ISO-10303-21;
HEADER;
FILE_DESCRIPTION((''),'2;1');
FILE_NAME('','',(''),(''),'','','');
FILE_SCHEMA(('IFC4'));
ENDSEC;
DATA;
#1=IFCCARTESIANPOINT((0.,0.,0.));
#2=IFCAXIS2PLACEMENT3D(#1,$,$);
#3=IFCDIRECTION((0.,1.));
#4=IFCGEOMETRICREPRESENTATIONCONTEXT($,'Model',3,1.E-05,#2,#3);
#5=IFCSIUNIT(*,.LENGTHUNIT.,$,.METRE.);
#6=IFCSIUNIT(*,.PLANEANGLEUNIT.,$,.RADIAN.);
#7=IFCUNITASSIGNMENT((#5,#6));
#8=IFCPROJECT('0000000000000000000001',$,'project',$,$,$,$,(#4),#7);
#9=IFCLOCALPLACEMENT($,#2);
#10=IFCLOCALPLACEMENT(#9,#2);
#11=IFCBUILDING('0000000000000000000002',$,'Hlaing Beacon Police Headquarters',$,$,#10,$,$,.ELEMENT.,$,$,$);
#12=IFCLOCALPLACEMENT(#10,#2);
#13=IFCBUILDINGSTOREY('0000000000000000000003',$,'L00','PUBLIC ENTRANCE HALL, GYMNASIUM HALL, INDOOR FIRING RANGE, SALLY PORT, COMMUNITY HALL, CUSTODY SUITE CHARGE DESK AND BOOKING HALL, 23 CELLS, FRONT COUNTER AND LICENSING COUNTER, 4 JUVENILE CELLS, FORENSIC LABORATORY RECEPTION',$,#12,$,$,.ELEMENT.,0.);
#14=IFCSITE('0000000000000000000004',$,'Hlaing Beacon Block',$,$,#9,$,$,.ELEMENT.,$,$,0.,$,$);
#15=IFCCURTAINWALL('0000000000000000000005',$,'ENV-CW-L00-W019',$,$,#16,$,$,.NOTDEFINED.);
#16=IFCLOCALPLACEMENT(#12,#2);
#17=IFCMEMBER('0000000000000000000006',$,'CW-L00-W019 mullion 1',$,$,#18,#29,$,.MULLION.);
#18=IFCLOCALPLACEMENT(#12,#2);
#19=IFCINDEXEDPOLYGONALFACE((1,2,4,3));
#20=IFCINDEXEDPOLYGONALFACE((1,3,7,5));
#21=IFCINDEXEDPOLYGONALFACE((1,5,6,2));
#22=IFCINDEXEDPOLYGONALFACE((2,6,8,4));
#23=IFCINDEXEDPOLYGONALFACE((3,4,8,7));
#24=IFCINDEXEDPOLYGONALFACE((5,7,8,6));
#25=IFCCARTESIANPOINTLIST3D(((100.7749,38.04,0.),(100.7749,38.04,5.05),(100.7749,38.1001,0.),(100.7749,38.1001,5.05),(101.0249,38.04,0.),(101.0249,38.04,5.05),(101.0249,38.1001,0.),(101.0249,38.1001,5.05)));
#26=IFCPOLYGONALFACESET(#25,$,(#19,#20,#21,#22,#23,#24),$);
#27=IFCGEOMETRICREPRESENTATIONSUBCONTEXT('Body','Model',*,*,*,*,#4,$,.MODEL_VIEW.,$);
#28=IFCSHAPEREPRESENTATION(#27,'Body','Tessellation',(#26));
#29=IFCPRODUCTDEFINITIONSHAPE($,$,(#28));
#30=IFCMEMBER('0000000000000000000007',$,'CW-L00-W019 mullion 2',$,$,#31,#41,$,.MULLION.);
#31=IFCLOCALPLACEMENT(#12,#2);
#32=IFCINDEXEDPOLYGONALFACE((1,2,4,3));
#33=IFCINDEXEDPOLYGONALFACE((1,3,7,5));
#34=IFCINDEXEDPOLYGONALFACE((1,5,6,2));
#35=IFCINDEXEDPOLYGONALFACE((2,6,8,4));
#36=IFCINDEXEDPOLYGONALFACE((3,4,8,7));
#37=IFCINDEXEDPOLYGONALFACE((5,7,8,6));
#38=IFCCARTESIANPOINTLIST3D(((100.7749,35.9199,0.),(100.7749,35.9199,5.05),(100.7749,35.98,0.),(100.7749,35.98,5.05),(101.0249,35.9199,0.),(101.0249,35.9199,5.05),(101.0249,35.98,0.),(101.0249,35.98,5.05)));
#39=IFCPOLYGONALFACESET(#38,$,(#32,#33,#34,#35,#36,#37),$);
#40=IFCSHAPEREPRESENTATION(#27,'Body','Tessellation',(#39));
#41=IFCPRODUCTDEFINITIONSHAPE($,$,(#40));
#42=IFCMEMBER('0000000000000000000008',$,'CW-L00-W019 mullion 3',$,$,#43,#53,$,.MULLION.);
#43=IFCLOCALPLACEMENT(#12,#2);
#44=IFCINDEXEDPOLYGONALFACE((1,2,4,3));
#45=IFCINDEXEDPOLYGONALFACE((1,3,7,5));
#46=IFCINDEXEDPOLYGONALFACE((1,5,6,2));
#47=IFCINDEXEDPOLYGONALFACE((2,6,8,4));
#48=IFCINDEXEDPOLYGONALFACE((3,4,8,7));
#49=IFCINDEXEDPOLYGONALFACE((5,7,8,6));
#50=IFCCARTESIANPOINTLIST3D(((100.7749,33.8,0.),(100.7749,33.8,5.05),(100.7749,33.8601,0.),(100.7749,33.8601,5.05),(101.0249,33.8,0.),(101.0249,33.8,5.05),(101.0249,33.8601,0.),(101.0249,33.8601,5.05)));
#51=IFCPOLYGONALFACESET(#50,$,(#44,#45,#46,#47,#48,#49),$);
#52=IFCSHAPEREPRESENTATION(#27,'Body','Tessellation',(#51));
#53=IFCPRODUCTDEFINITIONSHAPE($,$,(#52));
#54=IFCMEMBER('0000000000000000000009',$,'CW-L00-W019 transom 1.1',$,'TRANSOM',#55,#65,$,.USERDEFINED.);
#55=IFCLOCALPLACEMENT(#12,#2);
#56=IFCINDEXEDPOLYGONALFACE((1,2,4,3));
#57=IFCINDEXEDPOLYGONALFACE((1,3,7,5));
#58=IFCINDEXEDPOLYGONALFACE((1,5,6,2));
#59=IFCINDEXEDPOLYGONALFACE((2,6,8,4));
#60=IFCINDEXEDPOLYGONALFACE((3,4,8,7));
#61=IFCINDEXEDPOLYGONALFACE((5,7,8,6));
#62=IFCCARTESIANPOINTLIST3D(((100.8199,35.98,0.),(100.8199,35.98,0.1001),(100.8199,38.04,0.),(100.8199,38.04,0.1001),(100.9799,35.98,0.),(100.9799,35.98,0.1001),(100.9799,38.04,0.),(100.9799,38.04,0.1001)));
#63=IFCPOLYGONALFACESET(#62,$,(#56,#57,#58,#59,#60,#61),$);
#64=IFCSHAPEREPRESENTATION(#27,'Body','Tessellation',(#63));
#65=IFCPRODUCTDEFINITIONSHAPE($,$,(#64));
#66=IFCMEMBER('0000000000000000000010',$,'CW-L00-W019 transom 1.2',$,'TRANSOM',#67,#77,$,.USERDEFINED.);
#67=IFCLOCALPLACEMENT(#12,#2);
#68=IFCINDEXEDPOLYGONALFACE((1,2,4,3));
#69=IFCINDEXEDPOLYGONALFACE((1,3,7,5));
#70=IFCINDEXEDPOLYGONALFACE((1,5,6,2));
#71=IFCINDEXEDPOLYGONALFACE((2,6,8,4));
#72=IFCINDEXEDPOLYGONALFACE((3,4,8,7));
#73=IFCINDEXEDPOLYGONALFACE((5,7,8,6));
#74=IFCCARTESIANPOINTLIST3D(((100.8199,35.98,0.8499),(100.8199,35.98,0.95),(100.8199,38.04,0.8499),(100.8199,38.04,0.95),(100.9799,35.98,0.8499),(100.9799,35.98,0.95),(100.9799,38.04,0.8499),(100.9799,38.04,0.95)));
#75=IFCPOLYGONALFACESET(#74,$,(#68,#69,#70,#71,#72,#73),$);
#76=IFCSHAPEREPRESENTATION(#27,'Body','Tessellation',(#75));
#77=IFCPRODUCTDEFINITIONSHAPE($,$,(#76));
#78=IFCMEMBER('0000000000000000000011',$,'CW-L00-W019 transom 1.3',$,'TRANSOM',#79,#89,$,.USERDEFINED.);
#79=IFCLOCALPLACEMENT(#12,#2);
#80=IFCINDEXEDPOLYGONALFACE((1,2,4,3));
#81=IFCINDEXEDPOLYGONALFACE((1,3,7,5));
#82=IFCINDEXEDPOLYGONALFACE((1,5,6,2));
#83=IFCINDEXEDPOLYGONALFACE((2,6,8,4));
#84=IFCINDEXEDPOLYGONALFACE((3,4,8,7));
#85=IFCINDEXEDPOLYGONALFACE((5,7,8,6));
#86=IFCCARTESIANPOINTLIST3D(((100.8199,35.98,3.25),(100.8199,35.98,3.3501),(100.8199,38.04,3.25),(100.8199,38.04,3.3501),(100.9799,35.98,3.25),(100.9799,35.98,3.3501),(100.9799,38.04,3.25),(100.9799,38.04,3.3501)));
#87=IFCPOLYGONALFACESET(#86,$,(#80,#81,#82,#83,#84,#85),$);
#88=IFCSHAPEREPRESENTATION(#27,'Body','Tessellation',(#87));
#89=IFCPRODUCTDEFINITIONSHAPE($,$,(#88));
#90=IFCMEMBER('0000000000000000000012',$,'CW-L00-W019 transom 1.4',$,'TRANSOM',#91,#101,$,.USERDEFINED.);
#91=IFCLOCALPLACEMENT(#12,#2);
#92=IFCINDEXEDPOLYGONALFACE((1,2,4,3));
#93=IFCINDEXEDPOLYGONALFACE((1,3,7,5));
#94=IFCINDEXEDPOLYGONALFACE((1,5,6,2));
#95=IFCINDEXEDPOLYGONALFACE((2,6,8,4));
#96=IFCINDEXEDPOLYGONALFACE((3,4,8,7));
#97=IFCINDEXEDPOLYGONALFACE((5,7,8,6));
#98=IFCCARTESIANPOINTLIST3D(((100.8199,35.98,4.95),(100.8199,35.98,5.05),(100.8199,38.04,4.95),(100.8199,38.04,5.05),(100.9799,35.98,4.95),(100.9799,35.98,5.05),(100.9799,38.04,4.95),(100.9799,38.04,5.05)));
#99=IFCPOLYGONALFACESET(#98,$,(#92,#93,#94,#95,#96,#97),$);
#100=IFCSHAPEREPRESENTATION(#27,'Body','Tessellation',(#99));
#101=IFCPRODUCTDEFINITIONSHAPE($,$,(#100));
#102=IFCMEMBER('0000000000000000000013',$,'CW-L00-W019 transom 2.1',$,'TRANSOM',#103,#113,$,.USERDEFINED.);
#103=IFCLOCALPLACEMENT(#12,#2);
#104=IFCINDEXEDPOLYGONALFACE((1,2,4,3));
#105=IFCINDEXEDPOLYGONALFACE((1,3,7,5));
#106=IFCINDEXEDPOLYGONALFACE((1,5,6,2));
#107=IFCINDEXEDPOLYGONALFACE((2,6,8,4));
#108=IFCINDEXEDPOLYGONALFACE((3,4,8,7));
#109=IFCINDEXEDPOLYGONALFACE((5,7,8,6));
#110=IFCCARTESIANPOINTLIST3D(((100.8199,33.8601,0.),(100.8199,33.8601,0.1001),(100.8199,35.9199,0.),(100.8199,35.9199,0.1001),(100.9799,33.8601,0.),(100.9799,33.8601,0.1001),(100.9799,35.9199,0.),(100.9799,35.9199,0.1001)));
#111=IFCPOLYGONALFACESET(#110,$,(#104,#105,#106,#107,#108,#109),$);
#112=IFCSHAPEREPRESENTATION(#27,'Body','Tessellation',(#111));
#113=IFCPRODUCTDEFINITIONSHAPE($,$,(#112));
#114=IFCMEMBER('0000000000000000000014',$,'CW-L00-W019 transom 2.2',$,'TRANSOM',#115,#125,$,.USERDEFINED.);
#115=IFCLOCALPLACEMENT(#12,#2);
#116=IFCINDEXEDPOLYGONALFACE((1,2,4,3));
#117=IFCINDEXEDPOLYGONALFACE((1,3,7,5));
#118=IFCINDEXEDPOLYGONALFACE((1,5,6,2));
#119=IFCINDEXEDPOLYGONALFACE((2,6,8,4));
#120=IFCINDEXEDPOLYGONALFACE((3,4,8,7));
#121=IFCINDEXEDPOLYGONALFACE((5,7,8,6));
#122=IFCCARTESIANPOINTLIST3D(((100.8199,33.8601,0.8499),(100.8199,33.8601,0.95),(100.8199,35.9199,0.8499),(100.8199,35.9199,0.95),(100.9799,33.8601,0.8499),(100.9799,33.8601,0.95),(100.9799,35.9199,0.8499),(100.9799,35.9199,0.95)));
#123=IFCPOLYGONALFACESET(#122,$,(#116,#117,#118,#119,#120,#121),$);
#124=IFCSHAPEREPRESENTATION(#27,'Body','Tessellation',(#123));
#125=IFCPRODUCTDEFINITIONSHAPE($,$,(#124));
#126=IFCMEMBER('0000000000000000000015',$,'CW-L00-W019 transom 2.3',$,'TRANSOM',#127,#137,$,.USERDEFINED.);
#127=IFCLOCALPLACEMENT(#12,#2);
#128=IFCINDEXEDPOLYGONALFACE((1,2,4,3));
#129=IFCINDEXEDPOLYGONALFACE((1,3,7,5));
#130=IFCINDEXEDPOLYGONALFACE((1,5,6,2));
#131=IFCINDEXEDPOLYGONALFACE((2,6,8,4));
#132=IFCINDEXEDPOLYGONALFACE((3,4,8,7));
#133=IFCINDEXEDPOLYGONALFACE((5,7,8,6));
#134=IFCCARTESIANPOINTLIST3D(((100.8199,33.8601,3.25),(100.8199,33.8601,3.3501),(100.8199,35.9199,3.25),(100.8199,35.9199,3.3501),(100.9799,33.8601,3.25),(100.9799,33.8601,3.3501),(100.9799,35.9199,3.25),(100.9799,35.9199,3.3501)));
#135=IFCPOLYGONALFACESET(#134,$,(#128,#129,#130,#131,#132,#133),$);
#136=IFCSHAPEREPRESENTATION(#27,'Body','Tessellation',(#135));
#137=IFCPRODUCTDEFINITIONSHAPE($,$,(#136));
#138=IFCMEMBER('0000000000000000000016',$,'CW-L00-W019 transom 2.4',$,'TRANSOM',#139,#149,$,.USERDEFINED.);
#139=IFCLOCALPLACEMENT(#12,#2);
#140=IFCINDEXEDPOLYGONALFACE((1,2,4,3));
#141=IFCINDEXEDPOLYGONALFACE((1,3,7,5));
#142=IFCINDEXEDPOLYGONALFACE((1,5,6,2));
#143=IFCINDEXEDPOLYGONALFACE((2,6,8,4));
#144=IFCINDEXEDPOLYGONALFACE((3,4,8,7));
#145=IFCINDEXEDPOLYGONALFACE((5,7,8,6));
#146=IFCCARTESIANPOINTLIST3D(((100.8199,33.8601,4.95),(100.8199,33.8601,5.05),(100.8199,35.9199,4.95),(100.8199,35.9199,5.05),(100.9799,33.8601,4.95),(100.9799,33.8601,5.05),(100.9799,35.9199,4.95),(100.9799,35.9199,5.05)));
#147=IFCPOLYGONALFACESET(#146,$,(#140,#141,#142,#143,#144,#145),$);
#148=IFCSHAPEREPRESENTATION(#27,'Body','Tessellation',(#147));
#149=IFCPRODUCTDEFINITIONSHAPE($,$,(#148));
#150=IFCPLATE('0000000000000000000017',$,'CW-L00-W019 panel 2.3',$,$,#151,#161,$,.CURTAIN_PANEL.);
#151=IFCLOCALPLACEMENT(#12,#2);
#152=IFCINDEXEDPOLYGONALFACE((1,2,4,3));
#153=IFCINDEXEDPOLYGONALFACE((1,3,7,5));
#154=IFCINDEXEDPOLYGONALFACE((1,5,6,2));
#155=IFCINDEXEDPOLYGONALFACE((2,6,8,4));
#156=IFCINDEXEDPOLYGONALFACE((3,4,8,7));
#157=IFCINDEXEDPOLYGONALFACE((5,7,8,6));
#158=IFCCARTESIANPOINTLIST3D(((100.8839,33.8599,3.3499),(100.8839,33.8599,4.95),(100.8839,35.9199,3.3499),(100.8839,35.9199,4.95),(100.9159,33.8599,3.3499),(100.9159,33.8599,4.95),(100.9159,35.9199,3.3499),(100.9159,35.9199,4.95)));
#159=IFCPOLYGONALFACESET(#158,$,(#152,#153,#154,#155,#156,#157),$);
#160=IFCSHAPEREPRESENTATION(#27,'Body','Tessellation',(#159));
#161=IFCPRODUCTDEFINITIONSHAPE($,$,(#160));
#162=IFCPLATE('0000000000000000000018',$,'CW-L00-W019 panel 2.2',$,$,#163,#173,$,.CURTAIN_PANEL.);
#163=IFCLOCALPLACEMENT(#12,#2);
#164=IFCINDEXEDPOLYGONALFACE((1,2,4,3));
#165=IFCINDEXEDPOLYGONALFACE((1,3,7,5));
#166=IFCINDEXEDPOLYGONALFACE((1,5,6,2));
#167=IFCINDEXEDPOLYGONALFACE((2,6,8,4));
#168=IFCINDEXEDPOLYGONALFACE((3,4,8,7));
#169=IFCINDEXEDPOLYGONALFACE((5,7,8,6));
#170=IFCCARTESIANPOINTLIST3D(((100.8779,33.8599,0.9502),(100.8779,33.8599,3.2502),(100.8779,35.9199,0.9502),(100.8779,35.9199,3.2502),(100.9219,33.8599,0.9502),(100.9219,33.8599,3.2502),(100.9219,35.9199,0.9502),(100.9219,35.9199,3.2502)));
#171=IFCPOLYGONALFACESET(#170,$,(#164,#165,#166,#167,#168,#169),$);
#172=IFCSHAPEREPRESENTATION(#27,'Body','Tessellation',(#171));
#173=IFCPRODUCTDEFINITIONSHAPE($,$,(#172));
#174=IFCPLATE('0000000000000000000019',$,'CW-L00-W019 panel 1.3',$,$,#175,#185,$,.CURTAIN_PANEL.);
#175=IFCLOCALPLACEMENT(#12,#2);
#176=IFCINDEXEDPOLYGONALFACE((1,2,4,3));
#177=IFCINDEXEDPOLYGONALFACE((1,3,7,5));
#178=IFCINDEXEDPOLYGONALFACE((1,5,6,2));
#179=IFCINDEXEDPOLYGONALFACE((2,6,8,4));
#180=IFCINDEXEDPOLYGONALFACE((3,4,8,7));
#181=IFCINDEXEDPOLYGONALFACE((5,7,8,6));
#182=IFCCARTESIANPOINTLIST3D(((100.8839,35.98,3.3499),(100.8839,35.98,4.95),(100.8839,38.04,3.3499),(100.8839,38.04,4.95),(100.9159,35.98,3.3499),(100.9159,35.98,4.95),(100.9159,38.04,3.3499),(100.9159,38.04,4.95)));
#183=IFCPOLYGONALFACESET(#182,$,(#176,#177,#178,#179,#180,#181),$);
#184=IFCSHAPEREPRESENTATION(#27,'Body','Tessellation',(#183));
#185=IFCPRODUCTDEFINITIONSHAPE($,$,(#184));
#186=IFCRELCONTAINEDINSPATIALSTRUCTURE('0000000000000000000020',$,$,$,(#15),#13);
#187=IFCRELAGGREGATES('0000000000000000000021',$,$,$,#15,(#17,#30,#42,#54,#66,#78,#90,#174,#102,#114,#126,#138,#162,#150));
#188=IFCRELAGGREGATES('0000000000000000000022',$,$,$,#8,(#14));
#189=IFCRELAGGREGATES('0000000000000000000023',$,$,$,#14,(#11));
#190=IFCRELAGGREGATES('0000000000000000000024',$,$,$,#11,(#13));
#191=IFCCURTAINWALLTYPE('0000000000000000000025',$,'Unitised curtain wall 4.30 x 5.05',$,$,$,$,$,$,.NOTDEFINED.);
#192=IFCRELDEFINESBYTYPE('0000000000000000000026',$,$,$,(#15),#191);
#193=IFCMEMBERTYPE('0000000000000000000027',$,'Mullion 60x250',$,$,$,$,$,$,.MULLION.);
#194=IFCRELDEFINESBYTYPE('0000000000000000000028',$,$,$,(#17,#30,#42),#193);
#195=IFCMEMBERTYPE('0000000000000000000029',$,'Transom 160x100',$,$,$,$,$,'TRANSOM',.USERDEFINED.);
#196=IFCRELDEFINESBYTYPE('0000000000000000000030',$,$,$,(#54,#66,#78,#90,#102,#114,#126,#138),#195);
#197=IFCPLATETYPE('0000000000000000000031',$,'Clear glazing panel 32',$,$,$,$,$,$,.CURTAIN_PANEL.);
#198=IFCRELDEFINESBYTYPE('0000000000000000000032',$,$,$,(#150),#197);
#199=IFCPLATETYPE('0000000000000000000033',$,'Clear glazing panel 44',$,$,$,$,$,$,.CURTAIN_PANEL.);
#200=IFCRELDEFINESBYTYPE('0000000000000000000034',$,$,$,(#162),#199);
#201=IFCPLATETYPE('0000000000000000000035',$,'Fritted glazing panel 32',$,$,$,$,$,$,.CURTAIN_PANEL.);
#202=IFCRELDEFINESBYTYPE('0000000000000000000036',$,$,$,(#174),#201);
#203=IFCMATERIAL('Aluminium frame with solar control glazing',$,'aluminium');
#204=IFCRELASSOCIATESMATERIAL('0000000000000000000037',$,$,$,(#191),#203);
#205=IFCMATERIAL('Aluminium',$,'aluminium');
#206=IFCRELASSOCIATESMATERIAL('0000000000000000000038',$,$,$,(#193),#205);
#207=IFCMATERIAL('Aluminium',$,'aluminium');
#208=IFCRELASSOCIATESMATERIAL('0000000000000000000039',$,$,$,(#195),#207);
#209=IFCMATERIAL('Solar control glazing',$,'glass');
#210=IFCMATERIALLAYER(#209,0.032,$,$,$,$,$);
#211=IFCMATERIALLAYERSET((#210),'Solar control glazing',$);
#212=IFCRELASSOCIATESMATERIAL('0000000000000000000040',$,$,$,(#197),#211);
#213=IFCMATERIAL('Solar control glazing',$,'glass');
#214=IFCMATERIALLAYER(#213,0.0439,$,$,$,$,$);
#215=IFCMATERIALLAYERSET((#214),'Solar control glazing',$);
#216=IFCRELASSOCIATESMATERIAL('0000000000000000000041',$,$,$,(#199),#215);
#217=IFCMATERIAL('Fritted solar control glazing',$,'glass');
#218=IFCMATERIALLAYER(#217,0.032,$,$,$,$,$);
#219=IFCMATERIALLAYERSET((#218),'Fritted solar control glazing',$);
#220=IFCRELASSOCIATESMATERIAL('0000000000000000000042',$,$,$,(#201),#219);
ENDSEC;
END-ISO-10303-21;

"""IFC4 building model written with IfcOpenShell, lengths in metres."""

from ifc_helpers import new_model, si_unit, direction, frame, origin, origin_2d, place, context, subcontext, project, spatial, rectangle, extrude, material, layer, layer_set, material_profile, profile_set, type_object, element, aggregate, save


model = new_model("IFC4")

# Units and contexts
model_context = context("Model", 3, precision=1e-05, world=origin(), true_north=direction((0.0, 1.0)))
body_context = subcontext(model_context, "Body", "Model", "MODEL_VIEW")
ifc_project = project(units=[si_unit("LENGTHUNIT", "METRE"), si_unit("PLANEANGLEUNIT", "RADIAN")], contexts=[model_context])

# Site, building, storey
site_placement = place(None, origin())
site = spatial("IfcSite", under=ifc_project, at=site_placement, Name="Hlaing Beacon Block", CompositionType="ELEMENT", RefElevation=0.0)
building_placement = place(site_placement, origin())
building = spatial("IfcBuilding", under=site, at=building_placement, Name="Hlaing Beacon Police Headquarters", CompositionType="ELEMENT")
storey_placement = place(building_placement, origin())
storey = spatial("IfcBuildingStorey", under=building, at=storey_placement, Name="L00", Description="PUBLIC ENTRANCE HALL, GYMNASIUM HALL, INDOOR FIRING RANGE, SALLY PORT, COMMUNITY HALL, CUSTODY SUITE CHARGE DESK AND BOOKING HALL, 23 CELLS, FRONT COUNTER AND LICENSING COUNTER, 4 JUVENILE CELLS, FORENSIC LABORATORY RECEPTION", CompositionType="ELEMENT", Elevation=0.0)

# Curtain wall, members, plates
ifc_material_1 = material(Name="Aluminium frame with solar control glazing", Category="aluminium")
curtain_wall_type = type_object("IfcCurtainWallType", Name="Unitised curtain wall 4.30 x 5.05", PredefinedType="NOTDEFINED", material=ifc_material_1)
curtain_wall_placement = place(storey_placement, origin())
curtain_wall = element("IfcCurtainWall", 1, at=curtain_wall_placement, inside=storey, type_object=curtain_wall_type, Name="ENV-CW-L00-W019", PredefinedType="NOTDEFINED")
ifc_material_2 = material(Name="Aluminium", Category="aluminium")
ifc_material_profile_1 = material_profile(ifc_material_2, rectangle(XDim=0.25, YDim=0.0601, at=origin_2d()), Name="Mullion 60x250")
ifc_profile_set_1 = profile_set([ifc_material_profile_1], Name="Aluminium")
member_type_1 = type_object("IfcMemberType", Name="Mullion 60x250", PredefinedType="MULLION", material=ifc_profile_set_1)
member_1_placement = place(storey_placement, frame((100.8999, 38.0701, 0.0), z_axis=(0.0, 0.0, 1.0), x_axis=(1.0, 0.0, 0.0)))
member_1 = element("IfcMember", 2, at=member_1_placement, type_object=member_type_1, Name="CW-L00-W019 mullion 1", PredefinedType="MULLION", context=body_context, shape_type="SweptSolid", body=[
    extrude(rectangle(XDim=0.25, YDim=0.0601, at=origin_2d()), origin(), (0.0, 0.0, 1.0), 5.05),
])
member_2_placement = place(storey_placement, frame((100.8999, 35.95, 0.0), z_axis=(0.0, 0.0, 1.0), x_axis=(1.0, 0.0, 0.0)))
member_2 = element("IfcMember", 3, at=member_2_placement, type_object=member_type_1, Name="CW-L00-W019 mullion 2", PredefinedType="MULLION", context=body_context, shape_type="SweptSolid", body=[
    extrude(rectangle(XDim=0.25, YDim=0.0601, at=origin_2d()), origin(), (0.0, 0.0, 1.0), 5.05),
])
member_3_placement = place(storey_placement, frame((100.8999, 33.8301, 0.0), z_axis=(0.0, 0.0, 1.0), x_axis=(1.0, 0.0, 0.0)))
member_3 = element("IfcMember", 4, at=member_3_placement, type_object=member_type_1, Name="CW-L00-W019 mullion 3", PredefinedType="MULLION", context=body_context, shape_type="SweptSolid", body=[
    extrude(rectangle(XDim=0.25, YDim=0.0601, at=origin_2d()), origin(), (0.0, 0.0, 1.0), 5.05),
])
ifc_material_3 = material(Name="Aluminium", Category="aluminium")
ifc_material_profile_2 = material_profile(ifc_material_3, rectangle(XDim=0.1599, YDim=0.1001, at=origin_2d()), Name="Transom 160x100")
ifc_profile_set_2 = profile_set([ifc_material_profile_2], Name="Aluminium")
member_type_2 = type_object("IfcMemberType", Name="Transom 160x100", ElementType="TRANSOM", PredefinedType="USERDEFINED", material=ifc_profile_set_2)
member_4_placement = place(storey_placement, frame((100.8999, 38.04, 0.05), z_axis=(0.0, -1.0, 0.0), x_axis=(1.0, 0.0, 0.0)))
member_4 = element("IfcMember", 5, at=member_4_placement, type_object=member_type_2, Name="CW-L00-W019 transom 1.1", ObjectType="TRANSOM", PredefinedType="USERDEFINED", context=body_context, shape_type="SweptSolid", body=[
    extrude(rectangle(XDim=0.1599, YDim=0.1001, at=origin_2d()), origin(), (0.0, 0.0, 1.0), 2.0601),
])
member_5_placement = place(storey_placement, frame((100.8999, 38.04, 0.8999), z_axis=(0.0, -1.0, 0.0), x_axis=(1.0, 0.0, 0.0)))
member_5 = element("IfcMember", 6, at=member_5_placement, type_object=member_type_2, Name="CW-L00-W019 transom 1.2", ObjectType="TRANSOM", PredefinedType="USERDEFINED", context=body_context, shape_type="SweptSolid", body=[
    extrude(rectangle(XDim=0.1599, YDim=0.1001, at=origin_2d()), origin(), (0.0, 0.0, 1.0), 2.0601),
])
member_6_placement = place(storey_placement, frame((100.8999, 38.04, 3.3), z_axis=(0.0, -1.0, 0.0), x_axis=(1.0, 0.0, 0.0)))
member_6 = element("IfcMember", 7, at=member_6_placement, type_object=member_type_2, Name="CW-L00-W019 transom 1.3", ObjectType="TRANSOM", PredefinedType="USERDEFINED", context=body_context, shape_type="SweptSolid", body=[
    extrude(rectangle(XDim=0.1599, YDim=0.1001, at=origin_2d()), origin(), (0.0, 0.0, 1.0), 2.0601),
])
member_7_placement = place(storey_placement, frame((100.8999, 38.04, 5.0), z_axis=(0.0, -1.0, 0.0), x_axis=(1.0, 0.0, 0.0)))
member_7 = element("IfcMember", 8, at=member_7_placement, type_object=member_type_2, Name="CW-L00-W019 transom 1.4", ObjectType="TRANSOM", PredefinedType="USERDEFINED", context=body_context, shape_type="SweptSolid", body=[
    extrude(rectangle(XDim=0.1599, YDim=0.1001, at=origin_2d()), origin(), (0.0, 0.0, 1.0), 2.0601),
])
member_8_placement = place(storey_placement, frame((100.8999, 35.9199, 0.05), z_axis=(0.0, -1.0, 0.0), x_axis=(1.0, 0.0, 0.0)))
member_8 = element("IfcMember", 9, at=member_8_placement, type_object=member_type_2, Name="CW-L00-W019 transom 2.1", ObjectType="TRANSOM", PredefinedType="USERDEFINED", context=body_context, shape_type="SweptSolid", body=[
    extrude(rectangle(XDim=0.1599, YDim=0.1001, at=origin_2d()), origin(), (0.0, 0.0, 1.0), 2.0598),
])
member_9_placement = place(storey_placement, frame((100.8999, 35.9199, 0.8999), z_axis=(0.0, -1.0, 0.0), x_axis=(1.0, 0.0, 0.0)))
member_9 = element("IfcMember", 10, at=member_9_placement, type_object=member_type_2, Name="CW-L00-W019 transom 2.2", ObjectType="TRANSOM", PredefinedType="USERDEFINED", context=body_context, shape_type="SweptSolid", body=[
    extrude(rectangle(XDim=0.1599, YDim=0.1001, at=origin_2d()), origin(), (0.0, 0.0, 1.0), 2.0598),
])
member_10_placement = place(storey_placement, frame((100.8999, 35.9199, 3.3), z_axis=(0.0, -1.0, 0.0), x_axis=(1.0, 0.0, 0.0)))
member_10 = element("IfcMember", 11, at=member_10_placement, type_object=member_type_2, Name="CW-L00-W019 transom 2.3", ObjectType="TRANSOM", PredefinedType="USERDEFINED", context=body_context, shape_type="SweptSolid", body=[
    extrude(rectangle(XDim=0.1599, YDim=0.1001, at=origin_2d()), origin(), (0.0, 0.0, 1.0), 2.0598),
])
member_11_placement = place(storey_placement, frame((100.8999, 35.9199, 5.0), z_axis=(0.0, -1.0, 0.0), x_axis=(1.0, 0.0, 0.0)))
member_11 = element("IfcMember", 12, at=member_11_placement, type_object=member_type_2, Name="CW-L00-W019 transom 2.4", ObjectType="TRANSOM", PredefinedType="USERDEFINED", context=body_context, shape_type="SweptSolid", body=[
    extrude(rectangle(XDim=0.1599, YDim=0.1001, at=origin_2d()), origin(), (0.0, 0.0, 1.0), 2.0598),
])
ifc_material_4 = material(Name="Solar control glazing", Category="glass")
ifc_layer_1 = layer(ifc_material_4, 0.032)
ifc_layer_set_1 = layer_set([ifc_layer_1], Name="Solar control glazing")
plate_type_1 = type_object("IfcPlateType", Name="Clear glazing panel 32", PredefinedType="CURTAIN_PANEL", material=ifc_layer_set_1)
plate_1_placement = place(storey_placement, frame((100.8999, 34.8899, 3.3499), z_axis=(0.0, 0.0, 1.0), x_axis=(0.0, -1.0, 0.0)))
plate_1 = element("IfcPlate", 13, at=plate_1_placement, type_object=plate_type_1, Name="CW-L00-W019 panel 2.3", PredefinedType="CURTAIN_PANEL", context=body_context, shape_type="SweptSolid", body=[
    extrude(rectangle(XDim=2.0601, YDim=0.032, at=origin_2d()), origin(), (0.0, 0.0, 1.0), 1.6001),
])
ifc_material_5 = material(Name="Solar control glazing", Category="glass")
ifc_layer_2 = layer(ifc_material_5, 0.0439)
ifc_layer_set_2 = layer_set([ifc_layer_2], Name="Solar control glazing")
plate_type_2 = type_object("IfcPlateType", Name="Clear glazing panel 44", PredefinedType="CURTAIN_PANEL", material=ifc_layer_set_2)
plate_2_placement = place(storey_placement, frame((100.8999, 34.8899, 0.9502), z_axis=(0.0, 0.0, 1.0), x_axis=(0.0, -1.0, 0.0)))
plate_2 = element("IfcPlate", 14, at=plate_2_placement, type_object=plate_type_2, Name="CW-L00-W019 panel 2.2", PredefinedType="CURTAIN_PANEL", context=body_context, shape_type="SweptSolid", body=[
    extrude(rectangle(XDim=2.0601, YDim=0.0439, at=origin_2d()), origin(), (0.0, 0.0, 1.0), 2.3),
])
ifc_material_6 = material(Name="Fritted solar control glazing", Category="glass")
ifc_layer_3 = layer(ifc_material_6, 0.032)
ifc_layer_set_3 = layer_set([ifc_layer_3], Name="Fritted solar control glazing")
plate_type_3 = type_object("IfcPlateType", Name="Fritted glazing panel 32", PredefinedType="CURTAIN_PANEL", material=ifc_layer_set_3)
plate_3_placement = place(storey_placement, frame((100.8999, 37.01, 3.3499), z_axis=(0.0, 0.0, 1.0), x_axis=(0.0, -1.0, 0.0)))
plate_3 = element("IfcPlate", 15, at=plate_3_placement, type_object=plate_type_3, Name="CW-L00-W019 panel 1.3", PredefinedType="CURTAIN_PANEL", context=body_context, shape_type="SweptSolid", body=[
    extrude(rectangle(XDim=2.0601, YDim=0.032, at=origin_2d()), origin(), (0.0, 0.0, 1.0), 1.6001),
])
aggregate(curtain_wall, [member_1, member_2, member_3, member_4, member_5, member_6, member_7, plate_3, member_8, member_9, member_10, member_11, plate_2, plate_1])

save(model, "model.ifc")
